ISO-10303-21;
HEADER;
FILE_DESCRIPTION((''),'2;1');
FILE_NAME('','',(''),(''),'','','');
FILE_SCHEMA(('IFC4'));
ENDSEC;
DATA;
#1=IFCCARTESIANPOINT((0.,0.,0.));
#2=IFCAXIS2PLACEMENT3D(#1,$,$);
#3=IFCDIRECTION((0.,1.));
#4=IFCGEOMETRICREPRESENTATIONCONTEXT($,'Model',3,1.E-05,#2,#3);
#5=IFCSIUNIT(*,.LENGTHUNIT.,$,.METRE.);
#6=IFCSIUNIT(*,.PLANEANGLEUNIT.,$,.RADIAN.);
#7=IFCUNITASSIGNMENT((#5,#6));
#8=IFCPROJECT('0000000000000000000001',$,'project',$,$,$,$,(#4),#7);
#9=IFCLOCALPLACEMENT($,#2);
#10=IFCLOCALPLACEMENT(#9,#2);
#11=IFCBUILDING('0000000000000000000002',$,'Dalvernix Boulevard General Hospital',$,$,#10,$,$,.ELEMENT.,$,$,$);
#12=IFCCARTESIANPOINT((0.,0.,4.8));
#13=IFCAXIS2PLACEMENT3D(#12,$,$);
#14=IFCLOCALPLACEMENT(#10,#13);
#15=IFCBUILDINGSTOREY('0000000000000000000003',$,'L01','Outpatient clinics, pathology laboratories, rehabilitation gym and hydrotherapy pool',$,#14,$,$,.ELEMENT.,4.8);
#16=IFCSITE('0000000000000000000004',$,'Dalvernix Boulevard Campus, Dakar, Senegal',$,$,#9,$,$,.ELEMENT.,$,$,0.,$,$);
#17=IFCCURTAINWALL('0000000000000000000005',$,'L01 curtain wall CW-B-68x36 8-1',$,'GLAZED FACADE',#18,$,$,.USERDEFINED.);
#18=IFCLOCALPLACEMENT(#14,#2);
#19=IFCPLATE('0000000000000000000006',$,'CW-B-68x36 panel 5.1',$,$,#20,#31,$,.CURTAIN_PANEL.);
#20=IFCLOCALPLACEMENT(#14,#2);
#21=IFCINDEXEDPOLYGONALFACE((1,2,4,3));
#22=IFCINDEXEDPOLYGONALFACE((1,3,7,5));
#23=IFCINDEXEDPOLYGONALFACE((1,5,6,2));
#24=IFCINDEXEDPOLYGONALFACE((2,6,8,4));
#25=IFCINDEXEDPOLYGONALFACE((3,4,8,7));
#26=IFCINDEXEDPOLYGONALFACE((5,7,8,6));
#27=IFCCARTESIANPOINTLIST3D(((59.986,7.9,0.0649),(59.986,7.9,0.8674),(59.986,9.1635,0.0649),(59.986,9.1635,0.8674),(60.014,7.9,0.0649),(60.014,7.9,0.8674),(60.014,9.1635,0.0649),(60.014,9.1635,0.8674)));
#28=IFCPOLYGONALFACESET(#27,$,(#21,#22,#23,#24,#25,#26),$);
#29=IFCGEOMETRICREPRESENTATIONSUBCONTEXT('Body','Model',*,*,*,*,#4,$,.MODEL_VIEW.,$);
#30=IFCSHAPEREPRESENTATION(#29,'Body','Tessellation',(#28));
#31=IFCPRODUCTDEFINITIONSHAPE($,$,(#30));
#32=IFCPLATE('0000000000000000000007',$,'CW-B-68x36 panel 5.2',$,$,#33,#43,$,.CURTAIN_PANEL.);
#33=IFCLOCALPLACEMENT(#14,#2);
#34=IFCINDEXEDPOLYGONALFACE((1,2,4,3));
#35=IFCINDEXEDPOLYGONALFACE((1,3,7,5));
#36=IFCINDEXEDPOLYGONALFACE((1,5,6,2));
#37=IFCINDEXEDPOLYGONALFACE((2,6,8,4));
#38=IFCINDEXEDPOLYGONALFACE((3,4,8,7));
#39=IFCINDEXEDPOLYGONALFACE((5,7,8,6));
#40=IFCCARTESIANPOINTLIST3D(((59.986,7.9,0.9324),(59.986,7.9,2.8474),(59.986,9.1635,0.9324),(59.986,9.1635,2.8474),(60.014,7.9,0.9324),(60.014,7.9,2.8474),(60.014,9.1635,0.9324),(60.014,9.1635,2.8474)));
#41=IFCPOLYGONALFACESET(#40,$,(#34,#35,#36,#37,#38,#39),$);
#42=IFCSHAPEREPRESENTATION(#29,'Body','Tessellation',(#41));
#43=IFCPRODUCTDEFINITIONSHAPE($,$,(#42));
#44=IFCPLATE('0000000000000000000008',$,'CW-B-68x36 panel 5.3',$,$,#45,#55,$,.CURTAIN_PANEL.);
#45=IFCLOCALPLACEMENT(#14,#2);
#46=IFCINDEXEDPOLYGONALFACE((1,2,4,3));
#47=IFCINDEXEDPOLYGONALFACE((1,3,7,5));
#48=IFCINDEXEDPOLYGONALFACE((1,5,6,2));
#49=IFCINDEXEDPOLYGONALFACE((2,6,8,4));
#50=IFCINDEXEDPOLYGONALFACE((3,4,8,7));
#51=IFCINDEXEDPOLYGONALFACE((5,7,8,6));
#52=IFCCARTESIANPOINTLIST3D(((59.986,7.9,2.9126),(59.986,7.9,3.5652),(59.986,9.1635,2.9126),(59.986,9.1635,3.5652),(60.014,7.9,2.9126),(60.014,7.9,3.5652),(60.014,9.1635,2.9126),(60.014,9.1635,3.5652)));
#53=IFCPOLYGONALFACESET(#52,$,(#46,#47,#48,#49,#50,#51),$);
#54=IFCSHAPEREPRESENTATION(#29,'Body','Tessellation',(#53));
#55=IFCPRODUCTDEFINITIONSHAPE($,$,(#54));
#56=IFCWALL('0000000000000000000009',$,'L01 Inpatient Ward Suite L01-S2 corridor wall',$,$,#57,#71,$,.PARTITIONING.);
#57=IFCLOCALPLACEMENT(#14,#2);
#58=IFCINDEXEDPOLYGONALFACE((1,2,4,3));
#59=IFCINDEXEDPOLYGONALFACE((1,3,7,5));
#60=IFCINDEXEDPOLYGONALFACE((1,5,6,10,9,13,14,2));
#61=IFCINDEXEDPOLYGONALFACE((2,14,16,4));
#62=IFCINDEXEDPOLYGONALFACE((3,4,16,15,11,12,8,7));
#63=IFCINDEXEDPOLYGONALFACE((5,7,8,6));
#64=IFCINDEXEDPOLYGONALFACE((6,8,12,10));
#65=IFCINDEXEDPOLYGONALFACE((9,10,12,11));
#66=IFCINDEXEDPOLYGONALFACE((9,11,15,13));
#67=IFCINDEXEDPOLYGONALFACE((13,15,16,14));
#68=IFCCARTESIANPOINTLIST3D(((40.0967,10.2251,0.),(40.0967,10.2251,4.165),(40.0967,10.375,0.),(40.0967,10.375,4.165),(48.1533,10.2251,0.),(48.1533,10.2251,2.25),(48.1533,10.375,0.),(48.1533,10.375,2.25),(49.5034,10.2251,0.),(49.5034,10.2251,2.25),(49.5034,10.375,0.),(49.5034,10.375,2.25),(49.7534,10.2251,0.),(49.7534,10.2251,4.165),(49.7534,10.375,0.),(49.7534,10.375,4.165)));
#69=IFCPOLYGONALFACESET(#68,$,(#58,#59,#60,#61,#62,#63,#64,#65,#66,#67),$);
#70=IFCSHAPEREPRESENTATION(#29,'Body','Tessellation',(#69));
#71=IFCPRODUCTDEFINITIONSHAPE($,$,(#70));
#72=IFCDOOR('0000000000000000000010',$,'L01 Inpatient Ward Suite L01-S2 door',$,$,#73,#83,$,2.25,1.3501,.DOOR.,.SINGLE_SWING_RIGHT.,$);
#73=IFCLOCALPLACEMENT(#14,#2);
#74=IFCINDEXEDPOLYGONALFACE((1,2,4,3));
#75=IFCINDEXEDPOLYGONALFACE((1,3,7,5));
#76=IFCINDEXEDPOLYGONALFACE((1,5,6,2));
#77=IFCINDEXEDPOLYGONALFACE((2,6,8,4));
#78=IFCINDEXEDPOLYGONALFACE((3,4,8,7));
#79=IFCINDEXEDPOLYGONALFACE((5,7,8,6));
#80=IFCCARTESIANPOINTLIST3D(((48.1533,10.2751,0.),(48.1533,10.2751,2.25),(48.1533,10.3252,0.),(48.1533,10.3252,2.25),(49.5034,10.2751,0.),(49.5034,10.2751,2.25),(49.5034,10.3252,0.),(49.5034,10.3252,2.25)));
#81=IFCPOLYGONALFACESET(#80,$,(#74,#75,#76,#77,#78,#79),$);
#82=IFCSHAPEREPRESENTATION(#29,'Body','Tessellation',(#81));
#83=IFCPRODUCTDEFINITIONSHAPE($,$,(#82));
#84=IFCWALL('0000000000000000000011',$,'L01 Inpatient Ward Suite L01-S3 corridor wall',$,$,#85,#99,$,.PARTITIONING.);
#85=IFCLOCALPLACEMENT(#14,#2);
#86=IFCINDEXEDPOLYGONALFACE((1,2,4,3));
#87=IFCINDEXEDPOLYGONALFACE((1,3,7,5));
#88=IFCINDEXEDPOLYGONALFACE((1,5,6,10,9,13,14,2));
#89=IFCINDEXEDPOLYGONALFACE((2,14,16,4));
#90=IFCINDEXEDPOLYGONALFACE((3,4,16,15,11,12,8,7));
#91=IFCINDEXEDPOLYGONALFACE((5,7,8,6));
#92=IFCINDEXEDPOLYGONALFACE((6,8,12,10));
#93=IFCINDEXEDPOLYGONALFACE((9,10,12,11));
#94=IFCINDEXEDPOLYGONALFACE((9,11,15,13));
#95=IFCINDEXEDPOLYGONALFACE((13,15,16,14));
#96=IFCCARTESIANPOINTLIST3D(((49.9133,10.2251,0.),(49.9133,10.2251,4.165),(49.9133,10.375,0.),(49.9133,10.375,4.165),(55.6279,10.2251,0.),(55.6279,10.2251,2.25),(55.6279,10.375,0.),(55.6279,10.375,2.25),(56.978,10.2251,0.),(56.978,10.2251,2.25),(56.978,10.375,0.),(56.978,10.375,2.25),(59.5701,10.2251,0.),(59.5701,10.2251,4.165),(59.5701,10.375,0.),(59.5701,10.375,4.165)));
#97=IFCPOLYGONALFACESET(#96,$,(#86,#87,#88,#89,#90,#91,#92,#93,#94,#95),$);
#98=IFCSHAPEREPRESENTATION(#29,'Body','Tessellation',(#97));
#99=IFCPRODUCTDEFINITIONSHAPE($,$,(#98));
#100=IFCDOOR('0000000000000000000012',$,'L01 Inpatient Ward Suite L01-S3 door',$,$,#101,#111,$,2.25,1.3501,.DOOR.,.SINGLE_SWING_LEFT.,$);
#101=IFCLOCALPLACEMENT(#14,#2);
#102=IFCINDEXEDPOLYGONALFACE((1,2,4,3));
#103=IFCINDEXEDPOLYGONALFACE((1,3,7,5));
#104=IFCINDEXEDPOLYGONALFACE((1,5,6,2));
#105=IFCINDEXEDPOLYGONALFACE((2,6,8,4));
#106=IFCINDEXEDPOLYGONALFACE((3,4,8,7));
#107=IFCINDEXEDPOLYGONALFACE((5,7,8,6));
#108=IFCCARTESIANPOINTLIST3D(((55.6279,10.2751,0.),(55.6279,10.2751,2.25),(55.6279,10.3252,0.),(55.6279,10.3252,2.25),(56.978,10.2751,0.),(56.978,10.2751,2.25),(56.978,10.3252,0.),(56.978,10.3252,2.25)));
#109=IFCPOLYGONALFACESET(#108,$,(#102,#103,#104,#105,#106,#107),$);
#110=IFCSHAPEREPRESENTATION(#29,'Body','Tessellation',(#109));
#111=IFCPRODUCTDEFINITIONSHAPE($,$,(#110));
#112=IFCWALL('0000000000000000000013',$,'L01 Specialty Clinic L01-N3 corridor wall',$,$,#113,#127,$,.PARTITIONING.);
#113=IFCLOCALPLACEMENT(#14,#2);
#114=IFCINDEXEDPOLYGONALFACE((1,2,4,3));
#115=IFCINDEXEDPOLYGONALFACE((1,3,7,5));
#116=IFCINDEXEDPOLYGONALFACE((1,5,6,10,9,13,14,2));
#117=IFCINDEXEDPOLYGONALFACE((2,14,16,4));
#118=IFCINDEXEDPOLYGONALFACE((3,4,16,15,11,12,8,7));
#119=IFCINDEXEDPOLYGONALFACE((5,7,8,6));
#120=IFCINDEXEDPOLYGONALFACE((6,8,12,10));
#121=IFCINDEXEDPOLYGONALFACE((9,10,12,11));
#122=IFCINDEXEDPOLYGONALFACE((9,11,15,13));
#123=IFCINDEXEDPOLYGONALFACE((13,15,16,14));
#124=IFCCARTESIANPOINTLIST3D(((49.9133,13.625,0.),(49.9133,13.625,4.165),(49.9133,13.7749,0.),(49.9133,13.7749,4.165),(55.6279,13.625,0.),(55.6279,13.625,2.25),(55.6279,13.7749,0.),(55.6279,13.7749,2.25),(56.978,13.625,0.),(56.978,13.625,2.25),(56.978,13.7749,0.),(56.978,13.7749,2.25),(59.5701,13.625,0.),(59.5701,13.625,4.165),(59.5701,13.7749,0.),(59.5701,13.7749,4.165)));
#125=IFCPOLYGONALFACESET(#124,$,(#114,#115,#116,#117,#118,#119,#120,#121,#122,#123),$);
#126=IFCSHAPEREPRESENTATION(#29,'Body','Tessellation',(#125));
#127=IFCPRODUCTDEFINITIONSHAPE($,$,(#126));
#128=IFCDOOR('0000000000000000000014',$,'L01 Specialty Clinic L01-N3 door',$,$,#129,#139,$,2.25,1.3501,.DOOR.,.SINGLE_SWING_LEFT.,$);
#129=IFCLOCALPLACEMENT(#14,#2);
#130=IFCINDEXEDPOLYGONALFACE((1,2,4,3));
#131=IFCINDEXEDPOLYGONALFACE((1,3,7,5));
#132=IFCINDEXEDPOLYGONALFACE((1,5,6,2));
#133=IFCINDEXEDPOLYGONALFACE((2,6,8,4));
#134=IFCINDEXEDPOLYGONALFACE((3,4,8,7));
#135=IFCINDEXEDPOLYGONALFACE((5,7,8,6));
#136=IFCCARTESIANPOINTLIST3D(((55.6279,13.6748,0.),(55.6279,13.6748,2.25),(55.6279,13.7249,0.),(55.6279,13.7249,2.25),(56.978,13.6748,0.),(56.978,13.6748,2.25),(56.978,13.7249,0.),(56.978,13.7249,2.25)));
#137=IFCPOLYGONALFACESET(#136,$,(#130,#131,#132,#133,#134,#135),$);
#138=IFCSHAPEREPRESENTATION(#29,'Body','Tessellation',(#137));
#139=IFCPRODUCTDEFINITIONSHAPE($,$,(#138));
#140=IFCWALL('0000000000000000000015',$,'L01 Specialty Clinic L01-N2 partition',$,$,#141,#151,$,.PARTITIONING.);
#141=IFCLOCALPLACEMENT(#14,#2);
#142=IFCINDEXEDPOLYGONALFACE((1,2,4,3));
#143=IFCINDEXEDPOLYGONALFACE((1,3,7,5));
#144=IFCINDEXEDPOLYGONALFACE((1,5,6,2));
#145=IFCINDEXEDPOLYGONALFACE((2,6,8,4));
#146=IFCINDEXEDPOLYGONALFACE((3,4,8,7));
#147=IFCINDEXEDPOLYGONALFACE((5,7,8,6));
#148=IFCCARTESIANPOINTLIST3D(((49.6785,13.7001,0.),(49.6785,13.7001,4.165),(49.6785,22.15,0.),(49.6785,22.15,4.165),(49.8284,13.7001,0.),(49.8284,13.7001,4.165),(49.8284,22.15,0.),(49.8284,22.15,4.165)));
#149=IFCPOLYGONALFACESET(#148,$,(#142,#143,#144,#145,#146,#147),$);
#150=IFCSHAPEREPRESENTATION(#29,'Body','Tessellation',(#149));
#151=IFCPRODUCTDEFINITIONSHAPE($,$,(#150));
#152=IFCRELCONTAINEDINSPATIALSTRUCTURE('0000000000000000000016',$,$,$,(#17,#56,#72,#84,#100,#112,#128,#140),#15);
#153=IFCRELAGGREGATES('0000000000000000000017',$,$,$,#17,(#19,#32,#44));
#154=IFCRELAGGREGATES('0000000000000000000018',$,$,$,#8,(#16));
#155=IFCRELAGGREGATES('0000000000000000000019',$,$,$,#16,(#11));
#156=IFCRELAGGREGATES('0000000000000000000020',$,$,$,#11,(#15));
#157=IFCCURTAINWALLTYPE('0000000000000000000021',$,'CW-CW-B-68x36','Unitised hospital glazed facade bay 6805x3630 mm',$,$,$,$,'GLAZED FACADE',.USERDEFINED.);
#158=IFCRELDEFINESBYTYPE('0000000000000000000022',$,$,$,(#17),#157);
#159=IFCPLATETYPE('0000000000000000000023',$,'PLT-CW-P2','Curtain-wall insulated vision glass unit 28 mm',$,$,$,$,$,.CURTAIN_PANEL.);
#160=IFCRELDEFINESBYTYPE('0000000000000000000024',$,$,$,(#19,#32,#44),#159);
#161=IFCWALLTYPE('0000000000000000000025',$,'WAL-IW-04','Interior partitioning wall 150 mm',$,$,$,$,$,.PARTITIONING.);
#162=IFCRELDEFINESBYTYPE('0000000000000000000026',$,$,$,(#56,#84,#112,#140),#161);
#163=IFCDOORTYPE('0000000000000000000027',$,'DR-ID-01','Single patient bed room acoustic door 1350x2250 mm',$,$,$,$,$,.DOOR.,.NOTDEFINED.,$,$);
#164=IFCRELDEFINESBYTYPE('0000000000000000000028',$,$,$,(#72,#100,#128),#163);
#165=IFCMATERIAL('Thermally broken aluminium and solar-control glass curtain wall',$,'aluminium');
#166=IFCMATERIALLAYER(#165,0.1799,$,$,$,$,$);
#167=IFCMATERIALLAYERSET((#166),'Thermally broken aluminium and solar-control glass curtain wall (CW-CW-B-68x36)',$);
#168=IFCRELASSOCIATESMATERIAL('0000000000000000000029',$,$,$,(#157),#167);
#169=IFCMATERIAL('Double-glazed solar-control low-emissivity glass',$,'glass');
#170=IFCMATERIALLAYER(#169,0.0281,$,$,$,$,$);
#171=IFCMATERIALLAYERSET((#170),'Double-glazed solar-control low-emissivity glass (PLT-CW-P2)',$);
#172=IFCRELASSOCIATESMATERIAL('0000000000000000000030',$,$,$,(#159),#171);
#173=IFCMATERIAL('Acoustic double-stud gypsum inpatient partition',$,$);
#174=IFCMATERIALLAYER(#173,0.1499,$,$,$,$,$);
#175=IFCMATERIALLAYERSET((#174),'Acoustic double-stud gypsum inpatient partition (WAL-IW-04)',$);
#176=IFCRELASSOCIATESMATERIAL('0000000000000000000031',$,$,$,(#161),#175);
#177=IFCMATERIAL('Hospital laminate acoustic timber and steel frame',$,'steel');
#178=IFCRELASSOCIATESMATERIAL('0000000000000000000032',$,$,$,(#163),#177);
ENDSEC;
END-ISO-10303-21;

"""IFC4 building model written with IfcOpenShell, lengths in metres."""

from ifc_helpers import new_model, si_unit, direction, frame, frame_2d, origin, origin_2d, place, context, subcontext, project, spatial, rectangle, extrude, material, layer, layer_set, type_object, element, fill, aggregate, save


model = new_model("IFC4")

# Units and contexts
model_context = context("Model", 3, precision=1e-05, world=origin(), true_north=direction((0.0, 1.0)))
body_context = subcontext(model_context, "Body", "Model", "MODEL_VIEW")
ifc_project = project(units=[si_unit("LENGTHUNIT", "METRE"), si_unit("PLANEANGLEUNIT", "RADIAN")], contexts=[model_context])

# Site, building, storey
site_placement = place(None, origin())
site = spatial("IfcSite", under=ifc_project, at=site_placement, Name="Dalvernix Boulevard Campus, Dakar, Senegal", CompositionType="ELEMENT", RefElevation=0.0)
building_placement = place(site_placement, origin())
building = spatial("IfcBuilding", under=site, at=building_placement, Name="Dalvernix Boulevard General Hospital", CompositionType="ELEMENT")
storey_placement = place(building_placement, frame((0.0, 0.0, 4.8)))
storey = spatial("IfcBuildingStorey", under=building, at=storey_placement, Name="L01", Description="Outpatient clinics, pathology laboratories, rehabilitation gym and hydrotherapy pool", CompositionType="ELEMENT", Elevation=4.8)

# Curtain wall, plates
ifc_material_1 = material(Name="Thermally broken aluminium and solar-control glass curtain wall", Category="aluminium")
ifc_layer_1 = layer(ifc_material_1, 0.1799)
ifc_layer_set_1 = layer_set([ifc_layer_1], Name="Thermally broken aluminium and solar-control glass curtain wall (CW-CW-B-68x36)")
curtain_wall_type = type_object("IfcCurtainWallType", Name="CW-CW-B-68x36", Description="Unitised hospital glazed facade bay 6805x3630 mm", ElementType="GLAZED FACADE", PredefinedType="USERDEFINED", material=ifc_layer_set_1)
curtain_wall_placement = place(storey_placement, origin())
curtain_wall = element("IfcCurtainWall", 1, at=curtain_wall_placement, inside=storey, type_object=curtain_wall_type, Name="L01 curtain wall CW-B-68x36 8-1", ObjectType="GLAZED FACADE", PredefinedType="USERDEFINED")
ifc_material_2 = material(Name="Double-glazed solar-control low-emissivity glass", Category="glass")
ifc_layer_2 = layer(ifc_material_2, 0.0281)
ifc_layer_set_2 = layer_set([ifc_layer_2], Name="Double-glazed solar-control low-emissivity glass (PLT-CW-P2)")
plate_type = type_object("IfcPlateType", Name="PLT-CW-P2", Description="Curtain-wall insulated vision glass unit 28 mm", PredefinedType="CURTAIN_PANEL", material=ifc_layer_set_2)
plate_1_placement = place(storey_placement, frame((60.0, 8.5317, 0.0649), z_axis=(0.0, 0.0, 1.0), x_axis=(0.0, -1.0, 0.0)))
plate_1 = element("IfcPlate", 2, at=plate_1_placement, type_object=plate_type, Name="CW-B-68x36 panel 5.1", PredefinedType="CURTAIN_PANEL", context=body_context, shape_type="SweptSolid", body=[
    extrude(rectangle(XDim=1.2634, YDim=0.0281, at=origin_2d()), origin(), (0.0, 0.0, 1.0), 0.8025),
])
plate_2_placement = place(storey_placement, frame((60.0, 8.5317, 0.9324), z_axis=(0.0, 0.0, 1.0), x_axis=(0.0, -1.0, 0.0)))
plate_2 = element("IfcPlate", 3, at=plate_2_placement, type_object=plate_type, Name="CW-B-68x36 panel 5.2", PredefinedType="CURTAIN_PANEL", context=body_context, shape_type="SweptSolid", body=[
    extrude(rectangle(XDim=1.2634, YDim=0.0281, at=origin_2d()), origin(), (0.0, 0.0, 1.0), 1.915),
])
plate_3_placement = place(storey_placement, frame((60.0, 8.5317, 2.9126), z_axis=(0.0, 0.0, 1.0), x_axis=(0.0, -1.0, 0.0)))
plate_3 = element("IfcPlate", 4, at=plate_3_placement, type_object=plate_type, Name="CW-B-68x36 panel 5.3", PredefinedType="CURTAIN_PANEL", context=body_context, shape_type="SweptSolid", body=[
    extrude(rectangle(XDim=1.2634, YDim=0.0281, at=origin_2d()), origin(), (0.0, 0.0, 1.0), 0.6526),
])
aggregate(curtain_wall, [plate_1, plate_2, plate_3])

# Walls, openings, doors
ifc_material_3 = material(Name="Acoustic double-stud gypsum inpatient partition")
ifc_layer_3 = layer(ifc_material_3, 0.1499)
ifc_layer_set_3 = layer_set([ifc_layer_3], Name="Acoustic double-stud gypsum inpatient partition (WAL-IW-04)")
wall_type = type_object("IfcWallType", Name="WAL-IW-04", Description="Interior partitioning wall 150 mm", PredefinedType="PARTITIONING", material=ifc_layer_set_3)
wall_1_placement = place(storey_placement, frame((49.7534, 10.3, 0.0), z_axis=(0.0, 0.0, 1.0), x_axis=(-1.0, 0.0, 0.0)))
wall_1 = element("IfcWall", 5, at=wall_1_placement, inside=storey, type_object=wall_type, Name="L01 Inpatient Ward Suite L01-S2 corridor wall", PredefinedType="PARTITIONING", context=body_context, shape_type="SweptSolid", body=[
    extrude(rectangle(XDim=9.6567, YDim=0.1499, at=frame_2d((4.8284, 0.0))), origin(), (0.0, 0.0, 1.0), 4.165),
])
opening_1_placement = place(wall_1_placement, frame((0.25, 0.0, 0.0)))
opening_1 = element("IfcOpeningElement", 6, at=opening_1_placement, cuts=wall_1, PredefinedType="OPENING", context=body_context, shape_type="SweptSolid", body=[
    extrude(rectangle(XDim=1.3501, YDim=2.25, at=frame_2d((0.675, 1.125))), frame((0.0, 0.085, 0.0), z_axis=(0.0, -1.0, 0.0), x_axis=(1.0, 0.0, 0.0)), (0.0, 0.0, 1.0), 0.1699),
])
ifc_material_4 = material(Name="Hospital laminate acoustic timber and steel frame", Category="steel")
door_type = type_object("IfcDoorType", Name="DR-ID-01", Description="Single patient bed room acoustic door 1350x2250 mm", OperationType="NOTDEFINED", PredefinedType="DOOR", material=ifc_material_4)
door_1_placement = place(opening_1_placement, origin())
door_1 = element("IfcDoor", 7, at=door_1_placement, inside=storey, type_object=door_type, Name="L01 Inpatient Ward Suite L01-S2 door", OperationType="SINGLE_SWING_RIGHT", OverallHeight=2.25, OverallWidth=1.3501, PredefinedType="DOOR", context=body_context, shape_type="SweptSolid", body=[
    extrude(rectangle(XDim=1.3501, YDim=2.25, at=frame_2d((0.675, 1.125))), frame((0.0, 0.0249, 0.0), z_axis=(0.0, -1.0, 0.0), x_axis=(1.0, 0.0, 0.0)), (0.0, 0.0, 1.0), 0.05),
])
fill(opening_1, door_1)
wall_2_placement = place(storey_placement, frame((59.5701, 10.3, 0.0), z_axis=(0.0, 0.0, 1.0), x_axis=(-1.0, 0.0, 0.0)))
wall_2 = element("IfcWall", 8, at=wall_2_placement, inside=storey, type_object=wall_type, Name="L01 Inpatient Ward Suite L01-S3 corridor wall", PredefinedType="PARTITIONING", context=body_context, shape_type="SweptSolid", body=[
    extrude(rectangle(XDim=9.6567, YDim=0.1499, at=frame_2d((4.8284, 0.0))), origin(), (0.0, 0.0, 1.0), 4.165),
])
opening_2_placement = place(wall_2_placement, frame((2.592, 0.0, 0.0)))
opening_2 = element("IfcOpeningElement", 9, at=opening_2_placement, cuts=wall_2, PredefinedType="OPENING", context=body_context, shape_type="SweptSolid", body=[
    extrude(rectangle(XDim=1.3501, YDim=2.25, at=frame_2d((0.675, 1.125))), frame((0.0, 0.085, 0.0), z_axis=(0.0, -1.0, 0.0), x_axis=(1.0, 0.0, 0.0)), (0.0, 0.0, 1.0), 0.1699),
])
door_2_placement = place(opening_2_placement, origin())
door_2 = element("IfcDoor", 10, at=door_2_placement, inside=storey, type_object=door_type, Name="L01 Inpatient Ward Suite L01-S3 door", OperationType="SINGLE_SWING_LEFT", OverallHeight=2.25, OverallWidth=1.3501, PredefinedType="DOOR", context=body_context, shape_type="SweptSolid", body=[
    extrude(rectangle(XDim=1.3501, YDim=2.25, at=frame_2d((0.675, 1.125))), frame((0.0, 0.0249, 0.0), z_axis=(0.0, -1.0, 0.0), x_axis=(1.0, 0.0, 0.0)), (0.0, 0.0, 1.0), 0.05),
])
fill(opening_2, door_2)
wall_3_placement = place(storey_placement, frame((49.9133, 13.7, 0.0), z_axis=(0.0, 0.0, 1.0), x_axis=(1.0, 0.0, 0.0)))
wall_3 = element("IfcWall", 11, at=wall_3_placement, inside=storey, type_object=wall_type, Name="L01 Specialty Clinic L01-N3 corridor wall", PredefinedType="PARTITIONING", context=body_context, shape_type="SweptSolid", body=[
    extrude(rectangle(XDim=9.6567, YDim=0.1499, at=frame_2d((4.8284, 0.0))), origin(), (0.0, 0.0, 1.0), 4.165),
])
opening_3_placement = place(wall_3_placement, frame((5.7146, 0.0, 0.0)))
opening_3 = element("IfcOpeningElement", 12, at=opening_3_placement, cuts=wall_3, PredefinedType="OPENING", context=body_context, shape_type="SweptSolid", body=[
    extrude(rectangle(XDim=1.3501, YDim=2.25, at=frame_2d((0.675, 1.125))), frame((0.0, 0.085, 0.0), z_axis=(0.0, -1.0, 0.0), x_axis=(1.0, 0.0, 0.0)), (0.0, 0.0, 1.0), 0.1699),
])
door_3_placement = place(opening_3_placement, origin())
door_3 = element("IfcDoor", 13, at=door_3_placement, inside=storey, type_object=door_type, Name="L01 Specialty Clinic L01-N3 door", OperationType="SINGLE_SWING_LEFT", OverallHeight=2.25, OverallWidth=1.3501, PredefinedType="DOOR", context=body_context, shape_type="SweptSolid", body=[
    extrude(rectangle(XDim=1.3501, YDim=2.25, at=frame_2d((0.675, 1.125))), frame((0.0, 0.0249, 0.0), z_axis=(0.0, -1.0, 0.0), x_axis=(1.0, 0.0, 0.0)), (0.0, 0.0, 1.0), 0.05),
])
fill(opening_3, door_3)

# Wall
wall_4_placement = place(storey_placement, frame((49.7534, 13.7, 0.0), z_axis=(0.0, 0.0, 1.0), x_axis=(0.0, 1.0, 0.0)))
element("IfcWall", 14, at=wall_4_placement, inside=storey, type_object=wall_type, Name="L01 Specialty Clinic L01-N2 partition", PredefinedType="PARTITIONING", context=body_context, shape_type="SweptSolid", body=[
    extrude(rectangle(XDim=8.45, YDim=0.1499, at=frame_2d((4.2251, 0.0))), origin(), (0.0, 0.0, 1.0), 4.165),
])

save(model, "model.ifc")
